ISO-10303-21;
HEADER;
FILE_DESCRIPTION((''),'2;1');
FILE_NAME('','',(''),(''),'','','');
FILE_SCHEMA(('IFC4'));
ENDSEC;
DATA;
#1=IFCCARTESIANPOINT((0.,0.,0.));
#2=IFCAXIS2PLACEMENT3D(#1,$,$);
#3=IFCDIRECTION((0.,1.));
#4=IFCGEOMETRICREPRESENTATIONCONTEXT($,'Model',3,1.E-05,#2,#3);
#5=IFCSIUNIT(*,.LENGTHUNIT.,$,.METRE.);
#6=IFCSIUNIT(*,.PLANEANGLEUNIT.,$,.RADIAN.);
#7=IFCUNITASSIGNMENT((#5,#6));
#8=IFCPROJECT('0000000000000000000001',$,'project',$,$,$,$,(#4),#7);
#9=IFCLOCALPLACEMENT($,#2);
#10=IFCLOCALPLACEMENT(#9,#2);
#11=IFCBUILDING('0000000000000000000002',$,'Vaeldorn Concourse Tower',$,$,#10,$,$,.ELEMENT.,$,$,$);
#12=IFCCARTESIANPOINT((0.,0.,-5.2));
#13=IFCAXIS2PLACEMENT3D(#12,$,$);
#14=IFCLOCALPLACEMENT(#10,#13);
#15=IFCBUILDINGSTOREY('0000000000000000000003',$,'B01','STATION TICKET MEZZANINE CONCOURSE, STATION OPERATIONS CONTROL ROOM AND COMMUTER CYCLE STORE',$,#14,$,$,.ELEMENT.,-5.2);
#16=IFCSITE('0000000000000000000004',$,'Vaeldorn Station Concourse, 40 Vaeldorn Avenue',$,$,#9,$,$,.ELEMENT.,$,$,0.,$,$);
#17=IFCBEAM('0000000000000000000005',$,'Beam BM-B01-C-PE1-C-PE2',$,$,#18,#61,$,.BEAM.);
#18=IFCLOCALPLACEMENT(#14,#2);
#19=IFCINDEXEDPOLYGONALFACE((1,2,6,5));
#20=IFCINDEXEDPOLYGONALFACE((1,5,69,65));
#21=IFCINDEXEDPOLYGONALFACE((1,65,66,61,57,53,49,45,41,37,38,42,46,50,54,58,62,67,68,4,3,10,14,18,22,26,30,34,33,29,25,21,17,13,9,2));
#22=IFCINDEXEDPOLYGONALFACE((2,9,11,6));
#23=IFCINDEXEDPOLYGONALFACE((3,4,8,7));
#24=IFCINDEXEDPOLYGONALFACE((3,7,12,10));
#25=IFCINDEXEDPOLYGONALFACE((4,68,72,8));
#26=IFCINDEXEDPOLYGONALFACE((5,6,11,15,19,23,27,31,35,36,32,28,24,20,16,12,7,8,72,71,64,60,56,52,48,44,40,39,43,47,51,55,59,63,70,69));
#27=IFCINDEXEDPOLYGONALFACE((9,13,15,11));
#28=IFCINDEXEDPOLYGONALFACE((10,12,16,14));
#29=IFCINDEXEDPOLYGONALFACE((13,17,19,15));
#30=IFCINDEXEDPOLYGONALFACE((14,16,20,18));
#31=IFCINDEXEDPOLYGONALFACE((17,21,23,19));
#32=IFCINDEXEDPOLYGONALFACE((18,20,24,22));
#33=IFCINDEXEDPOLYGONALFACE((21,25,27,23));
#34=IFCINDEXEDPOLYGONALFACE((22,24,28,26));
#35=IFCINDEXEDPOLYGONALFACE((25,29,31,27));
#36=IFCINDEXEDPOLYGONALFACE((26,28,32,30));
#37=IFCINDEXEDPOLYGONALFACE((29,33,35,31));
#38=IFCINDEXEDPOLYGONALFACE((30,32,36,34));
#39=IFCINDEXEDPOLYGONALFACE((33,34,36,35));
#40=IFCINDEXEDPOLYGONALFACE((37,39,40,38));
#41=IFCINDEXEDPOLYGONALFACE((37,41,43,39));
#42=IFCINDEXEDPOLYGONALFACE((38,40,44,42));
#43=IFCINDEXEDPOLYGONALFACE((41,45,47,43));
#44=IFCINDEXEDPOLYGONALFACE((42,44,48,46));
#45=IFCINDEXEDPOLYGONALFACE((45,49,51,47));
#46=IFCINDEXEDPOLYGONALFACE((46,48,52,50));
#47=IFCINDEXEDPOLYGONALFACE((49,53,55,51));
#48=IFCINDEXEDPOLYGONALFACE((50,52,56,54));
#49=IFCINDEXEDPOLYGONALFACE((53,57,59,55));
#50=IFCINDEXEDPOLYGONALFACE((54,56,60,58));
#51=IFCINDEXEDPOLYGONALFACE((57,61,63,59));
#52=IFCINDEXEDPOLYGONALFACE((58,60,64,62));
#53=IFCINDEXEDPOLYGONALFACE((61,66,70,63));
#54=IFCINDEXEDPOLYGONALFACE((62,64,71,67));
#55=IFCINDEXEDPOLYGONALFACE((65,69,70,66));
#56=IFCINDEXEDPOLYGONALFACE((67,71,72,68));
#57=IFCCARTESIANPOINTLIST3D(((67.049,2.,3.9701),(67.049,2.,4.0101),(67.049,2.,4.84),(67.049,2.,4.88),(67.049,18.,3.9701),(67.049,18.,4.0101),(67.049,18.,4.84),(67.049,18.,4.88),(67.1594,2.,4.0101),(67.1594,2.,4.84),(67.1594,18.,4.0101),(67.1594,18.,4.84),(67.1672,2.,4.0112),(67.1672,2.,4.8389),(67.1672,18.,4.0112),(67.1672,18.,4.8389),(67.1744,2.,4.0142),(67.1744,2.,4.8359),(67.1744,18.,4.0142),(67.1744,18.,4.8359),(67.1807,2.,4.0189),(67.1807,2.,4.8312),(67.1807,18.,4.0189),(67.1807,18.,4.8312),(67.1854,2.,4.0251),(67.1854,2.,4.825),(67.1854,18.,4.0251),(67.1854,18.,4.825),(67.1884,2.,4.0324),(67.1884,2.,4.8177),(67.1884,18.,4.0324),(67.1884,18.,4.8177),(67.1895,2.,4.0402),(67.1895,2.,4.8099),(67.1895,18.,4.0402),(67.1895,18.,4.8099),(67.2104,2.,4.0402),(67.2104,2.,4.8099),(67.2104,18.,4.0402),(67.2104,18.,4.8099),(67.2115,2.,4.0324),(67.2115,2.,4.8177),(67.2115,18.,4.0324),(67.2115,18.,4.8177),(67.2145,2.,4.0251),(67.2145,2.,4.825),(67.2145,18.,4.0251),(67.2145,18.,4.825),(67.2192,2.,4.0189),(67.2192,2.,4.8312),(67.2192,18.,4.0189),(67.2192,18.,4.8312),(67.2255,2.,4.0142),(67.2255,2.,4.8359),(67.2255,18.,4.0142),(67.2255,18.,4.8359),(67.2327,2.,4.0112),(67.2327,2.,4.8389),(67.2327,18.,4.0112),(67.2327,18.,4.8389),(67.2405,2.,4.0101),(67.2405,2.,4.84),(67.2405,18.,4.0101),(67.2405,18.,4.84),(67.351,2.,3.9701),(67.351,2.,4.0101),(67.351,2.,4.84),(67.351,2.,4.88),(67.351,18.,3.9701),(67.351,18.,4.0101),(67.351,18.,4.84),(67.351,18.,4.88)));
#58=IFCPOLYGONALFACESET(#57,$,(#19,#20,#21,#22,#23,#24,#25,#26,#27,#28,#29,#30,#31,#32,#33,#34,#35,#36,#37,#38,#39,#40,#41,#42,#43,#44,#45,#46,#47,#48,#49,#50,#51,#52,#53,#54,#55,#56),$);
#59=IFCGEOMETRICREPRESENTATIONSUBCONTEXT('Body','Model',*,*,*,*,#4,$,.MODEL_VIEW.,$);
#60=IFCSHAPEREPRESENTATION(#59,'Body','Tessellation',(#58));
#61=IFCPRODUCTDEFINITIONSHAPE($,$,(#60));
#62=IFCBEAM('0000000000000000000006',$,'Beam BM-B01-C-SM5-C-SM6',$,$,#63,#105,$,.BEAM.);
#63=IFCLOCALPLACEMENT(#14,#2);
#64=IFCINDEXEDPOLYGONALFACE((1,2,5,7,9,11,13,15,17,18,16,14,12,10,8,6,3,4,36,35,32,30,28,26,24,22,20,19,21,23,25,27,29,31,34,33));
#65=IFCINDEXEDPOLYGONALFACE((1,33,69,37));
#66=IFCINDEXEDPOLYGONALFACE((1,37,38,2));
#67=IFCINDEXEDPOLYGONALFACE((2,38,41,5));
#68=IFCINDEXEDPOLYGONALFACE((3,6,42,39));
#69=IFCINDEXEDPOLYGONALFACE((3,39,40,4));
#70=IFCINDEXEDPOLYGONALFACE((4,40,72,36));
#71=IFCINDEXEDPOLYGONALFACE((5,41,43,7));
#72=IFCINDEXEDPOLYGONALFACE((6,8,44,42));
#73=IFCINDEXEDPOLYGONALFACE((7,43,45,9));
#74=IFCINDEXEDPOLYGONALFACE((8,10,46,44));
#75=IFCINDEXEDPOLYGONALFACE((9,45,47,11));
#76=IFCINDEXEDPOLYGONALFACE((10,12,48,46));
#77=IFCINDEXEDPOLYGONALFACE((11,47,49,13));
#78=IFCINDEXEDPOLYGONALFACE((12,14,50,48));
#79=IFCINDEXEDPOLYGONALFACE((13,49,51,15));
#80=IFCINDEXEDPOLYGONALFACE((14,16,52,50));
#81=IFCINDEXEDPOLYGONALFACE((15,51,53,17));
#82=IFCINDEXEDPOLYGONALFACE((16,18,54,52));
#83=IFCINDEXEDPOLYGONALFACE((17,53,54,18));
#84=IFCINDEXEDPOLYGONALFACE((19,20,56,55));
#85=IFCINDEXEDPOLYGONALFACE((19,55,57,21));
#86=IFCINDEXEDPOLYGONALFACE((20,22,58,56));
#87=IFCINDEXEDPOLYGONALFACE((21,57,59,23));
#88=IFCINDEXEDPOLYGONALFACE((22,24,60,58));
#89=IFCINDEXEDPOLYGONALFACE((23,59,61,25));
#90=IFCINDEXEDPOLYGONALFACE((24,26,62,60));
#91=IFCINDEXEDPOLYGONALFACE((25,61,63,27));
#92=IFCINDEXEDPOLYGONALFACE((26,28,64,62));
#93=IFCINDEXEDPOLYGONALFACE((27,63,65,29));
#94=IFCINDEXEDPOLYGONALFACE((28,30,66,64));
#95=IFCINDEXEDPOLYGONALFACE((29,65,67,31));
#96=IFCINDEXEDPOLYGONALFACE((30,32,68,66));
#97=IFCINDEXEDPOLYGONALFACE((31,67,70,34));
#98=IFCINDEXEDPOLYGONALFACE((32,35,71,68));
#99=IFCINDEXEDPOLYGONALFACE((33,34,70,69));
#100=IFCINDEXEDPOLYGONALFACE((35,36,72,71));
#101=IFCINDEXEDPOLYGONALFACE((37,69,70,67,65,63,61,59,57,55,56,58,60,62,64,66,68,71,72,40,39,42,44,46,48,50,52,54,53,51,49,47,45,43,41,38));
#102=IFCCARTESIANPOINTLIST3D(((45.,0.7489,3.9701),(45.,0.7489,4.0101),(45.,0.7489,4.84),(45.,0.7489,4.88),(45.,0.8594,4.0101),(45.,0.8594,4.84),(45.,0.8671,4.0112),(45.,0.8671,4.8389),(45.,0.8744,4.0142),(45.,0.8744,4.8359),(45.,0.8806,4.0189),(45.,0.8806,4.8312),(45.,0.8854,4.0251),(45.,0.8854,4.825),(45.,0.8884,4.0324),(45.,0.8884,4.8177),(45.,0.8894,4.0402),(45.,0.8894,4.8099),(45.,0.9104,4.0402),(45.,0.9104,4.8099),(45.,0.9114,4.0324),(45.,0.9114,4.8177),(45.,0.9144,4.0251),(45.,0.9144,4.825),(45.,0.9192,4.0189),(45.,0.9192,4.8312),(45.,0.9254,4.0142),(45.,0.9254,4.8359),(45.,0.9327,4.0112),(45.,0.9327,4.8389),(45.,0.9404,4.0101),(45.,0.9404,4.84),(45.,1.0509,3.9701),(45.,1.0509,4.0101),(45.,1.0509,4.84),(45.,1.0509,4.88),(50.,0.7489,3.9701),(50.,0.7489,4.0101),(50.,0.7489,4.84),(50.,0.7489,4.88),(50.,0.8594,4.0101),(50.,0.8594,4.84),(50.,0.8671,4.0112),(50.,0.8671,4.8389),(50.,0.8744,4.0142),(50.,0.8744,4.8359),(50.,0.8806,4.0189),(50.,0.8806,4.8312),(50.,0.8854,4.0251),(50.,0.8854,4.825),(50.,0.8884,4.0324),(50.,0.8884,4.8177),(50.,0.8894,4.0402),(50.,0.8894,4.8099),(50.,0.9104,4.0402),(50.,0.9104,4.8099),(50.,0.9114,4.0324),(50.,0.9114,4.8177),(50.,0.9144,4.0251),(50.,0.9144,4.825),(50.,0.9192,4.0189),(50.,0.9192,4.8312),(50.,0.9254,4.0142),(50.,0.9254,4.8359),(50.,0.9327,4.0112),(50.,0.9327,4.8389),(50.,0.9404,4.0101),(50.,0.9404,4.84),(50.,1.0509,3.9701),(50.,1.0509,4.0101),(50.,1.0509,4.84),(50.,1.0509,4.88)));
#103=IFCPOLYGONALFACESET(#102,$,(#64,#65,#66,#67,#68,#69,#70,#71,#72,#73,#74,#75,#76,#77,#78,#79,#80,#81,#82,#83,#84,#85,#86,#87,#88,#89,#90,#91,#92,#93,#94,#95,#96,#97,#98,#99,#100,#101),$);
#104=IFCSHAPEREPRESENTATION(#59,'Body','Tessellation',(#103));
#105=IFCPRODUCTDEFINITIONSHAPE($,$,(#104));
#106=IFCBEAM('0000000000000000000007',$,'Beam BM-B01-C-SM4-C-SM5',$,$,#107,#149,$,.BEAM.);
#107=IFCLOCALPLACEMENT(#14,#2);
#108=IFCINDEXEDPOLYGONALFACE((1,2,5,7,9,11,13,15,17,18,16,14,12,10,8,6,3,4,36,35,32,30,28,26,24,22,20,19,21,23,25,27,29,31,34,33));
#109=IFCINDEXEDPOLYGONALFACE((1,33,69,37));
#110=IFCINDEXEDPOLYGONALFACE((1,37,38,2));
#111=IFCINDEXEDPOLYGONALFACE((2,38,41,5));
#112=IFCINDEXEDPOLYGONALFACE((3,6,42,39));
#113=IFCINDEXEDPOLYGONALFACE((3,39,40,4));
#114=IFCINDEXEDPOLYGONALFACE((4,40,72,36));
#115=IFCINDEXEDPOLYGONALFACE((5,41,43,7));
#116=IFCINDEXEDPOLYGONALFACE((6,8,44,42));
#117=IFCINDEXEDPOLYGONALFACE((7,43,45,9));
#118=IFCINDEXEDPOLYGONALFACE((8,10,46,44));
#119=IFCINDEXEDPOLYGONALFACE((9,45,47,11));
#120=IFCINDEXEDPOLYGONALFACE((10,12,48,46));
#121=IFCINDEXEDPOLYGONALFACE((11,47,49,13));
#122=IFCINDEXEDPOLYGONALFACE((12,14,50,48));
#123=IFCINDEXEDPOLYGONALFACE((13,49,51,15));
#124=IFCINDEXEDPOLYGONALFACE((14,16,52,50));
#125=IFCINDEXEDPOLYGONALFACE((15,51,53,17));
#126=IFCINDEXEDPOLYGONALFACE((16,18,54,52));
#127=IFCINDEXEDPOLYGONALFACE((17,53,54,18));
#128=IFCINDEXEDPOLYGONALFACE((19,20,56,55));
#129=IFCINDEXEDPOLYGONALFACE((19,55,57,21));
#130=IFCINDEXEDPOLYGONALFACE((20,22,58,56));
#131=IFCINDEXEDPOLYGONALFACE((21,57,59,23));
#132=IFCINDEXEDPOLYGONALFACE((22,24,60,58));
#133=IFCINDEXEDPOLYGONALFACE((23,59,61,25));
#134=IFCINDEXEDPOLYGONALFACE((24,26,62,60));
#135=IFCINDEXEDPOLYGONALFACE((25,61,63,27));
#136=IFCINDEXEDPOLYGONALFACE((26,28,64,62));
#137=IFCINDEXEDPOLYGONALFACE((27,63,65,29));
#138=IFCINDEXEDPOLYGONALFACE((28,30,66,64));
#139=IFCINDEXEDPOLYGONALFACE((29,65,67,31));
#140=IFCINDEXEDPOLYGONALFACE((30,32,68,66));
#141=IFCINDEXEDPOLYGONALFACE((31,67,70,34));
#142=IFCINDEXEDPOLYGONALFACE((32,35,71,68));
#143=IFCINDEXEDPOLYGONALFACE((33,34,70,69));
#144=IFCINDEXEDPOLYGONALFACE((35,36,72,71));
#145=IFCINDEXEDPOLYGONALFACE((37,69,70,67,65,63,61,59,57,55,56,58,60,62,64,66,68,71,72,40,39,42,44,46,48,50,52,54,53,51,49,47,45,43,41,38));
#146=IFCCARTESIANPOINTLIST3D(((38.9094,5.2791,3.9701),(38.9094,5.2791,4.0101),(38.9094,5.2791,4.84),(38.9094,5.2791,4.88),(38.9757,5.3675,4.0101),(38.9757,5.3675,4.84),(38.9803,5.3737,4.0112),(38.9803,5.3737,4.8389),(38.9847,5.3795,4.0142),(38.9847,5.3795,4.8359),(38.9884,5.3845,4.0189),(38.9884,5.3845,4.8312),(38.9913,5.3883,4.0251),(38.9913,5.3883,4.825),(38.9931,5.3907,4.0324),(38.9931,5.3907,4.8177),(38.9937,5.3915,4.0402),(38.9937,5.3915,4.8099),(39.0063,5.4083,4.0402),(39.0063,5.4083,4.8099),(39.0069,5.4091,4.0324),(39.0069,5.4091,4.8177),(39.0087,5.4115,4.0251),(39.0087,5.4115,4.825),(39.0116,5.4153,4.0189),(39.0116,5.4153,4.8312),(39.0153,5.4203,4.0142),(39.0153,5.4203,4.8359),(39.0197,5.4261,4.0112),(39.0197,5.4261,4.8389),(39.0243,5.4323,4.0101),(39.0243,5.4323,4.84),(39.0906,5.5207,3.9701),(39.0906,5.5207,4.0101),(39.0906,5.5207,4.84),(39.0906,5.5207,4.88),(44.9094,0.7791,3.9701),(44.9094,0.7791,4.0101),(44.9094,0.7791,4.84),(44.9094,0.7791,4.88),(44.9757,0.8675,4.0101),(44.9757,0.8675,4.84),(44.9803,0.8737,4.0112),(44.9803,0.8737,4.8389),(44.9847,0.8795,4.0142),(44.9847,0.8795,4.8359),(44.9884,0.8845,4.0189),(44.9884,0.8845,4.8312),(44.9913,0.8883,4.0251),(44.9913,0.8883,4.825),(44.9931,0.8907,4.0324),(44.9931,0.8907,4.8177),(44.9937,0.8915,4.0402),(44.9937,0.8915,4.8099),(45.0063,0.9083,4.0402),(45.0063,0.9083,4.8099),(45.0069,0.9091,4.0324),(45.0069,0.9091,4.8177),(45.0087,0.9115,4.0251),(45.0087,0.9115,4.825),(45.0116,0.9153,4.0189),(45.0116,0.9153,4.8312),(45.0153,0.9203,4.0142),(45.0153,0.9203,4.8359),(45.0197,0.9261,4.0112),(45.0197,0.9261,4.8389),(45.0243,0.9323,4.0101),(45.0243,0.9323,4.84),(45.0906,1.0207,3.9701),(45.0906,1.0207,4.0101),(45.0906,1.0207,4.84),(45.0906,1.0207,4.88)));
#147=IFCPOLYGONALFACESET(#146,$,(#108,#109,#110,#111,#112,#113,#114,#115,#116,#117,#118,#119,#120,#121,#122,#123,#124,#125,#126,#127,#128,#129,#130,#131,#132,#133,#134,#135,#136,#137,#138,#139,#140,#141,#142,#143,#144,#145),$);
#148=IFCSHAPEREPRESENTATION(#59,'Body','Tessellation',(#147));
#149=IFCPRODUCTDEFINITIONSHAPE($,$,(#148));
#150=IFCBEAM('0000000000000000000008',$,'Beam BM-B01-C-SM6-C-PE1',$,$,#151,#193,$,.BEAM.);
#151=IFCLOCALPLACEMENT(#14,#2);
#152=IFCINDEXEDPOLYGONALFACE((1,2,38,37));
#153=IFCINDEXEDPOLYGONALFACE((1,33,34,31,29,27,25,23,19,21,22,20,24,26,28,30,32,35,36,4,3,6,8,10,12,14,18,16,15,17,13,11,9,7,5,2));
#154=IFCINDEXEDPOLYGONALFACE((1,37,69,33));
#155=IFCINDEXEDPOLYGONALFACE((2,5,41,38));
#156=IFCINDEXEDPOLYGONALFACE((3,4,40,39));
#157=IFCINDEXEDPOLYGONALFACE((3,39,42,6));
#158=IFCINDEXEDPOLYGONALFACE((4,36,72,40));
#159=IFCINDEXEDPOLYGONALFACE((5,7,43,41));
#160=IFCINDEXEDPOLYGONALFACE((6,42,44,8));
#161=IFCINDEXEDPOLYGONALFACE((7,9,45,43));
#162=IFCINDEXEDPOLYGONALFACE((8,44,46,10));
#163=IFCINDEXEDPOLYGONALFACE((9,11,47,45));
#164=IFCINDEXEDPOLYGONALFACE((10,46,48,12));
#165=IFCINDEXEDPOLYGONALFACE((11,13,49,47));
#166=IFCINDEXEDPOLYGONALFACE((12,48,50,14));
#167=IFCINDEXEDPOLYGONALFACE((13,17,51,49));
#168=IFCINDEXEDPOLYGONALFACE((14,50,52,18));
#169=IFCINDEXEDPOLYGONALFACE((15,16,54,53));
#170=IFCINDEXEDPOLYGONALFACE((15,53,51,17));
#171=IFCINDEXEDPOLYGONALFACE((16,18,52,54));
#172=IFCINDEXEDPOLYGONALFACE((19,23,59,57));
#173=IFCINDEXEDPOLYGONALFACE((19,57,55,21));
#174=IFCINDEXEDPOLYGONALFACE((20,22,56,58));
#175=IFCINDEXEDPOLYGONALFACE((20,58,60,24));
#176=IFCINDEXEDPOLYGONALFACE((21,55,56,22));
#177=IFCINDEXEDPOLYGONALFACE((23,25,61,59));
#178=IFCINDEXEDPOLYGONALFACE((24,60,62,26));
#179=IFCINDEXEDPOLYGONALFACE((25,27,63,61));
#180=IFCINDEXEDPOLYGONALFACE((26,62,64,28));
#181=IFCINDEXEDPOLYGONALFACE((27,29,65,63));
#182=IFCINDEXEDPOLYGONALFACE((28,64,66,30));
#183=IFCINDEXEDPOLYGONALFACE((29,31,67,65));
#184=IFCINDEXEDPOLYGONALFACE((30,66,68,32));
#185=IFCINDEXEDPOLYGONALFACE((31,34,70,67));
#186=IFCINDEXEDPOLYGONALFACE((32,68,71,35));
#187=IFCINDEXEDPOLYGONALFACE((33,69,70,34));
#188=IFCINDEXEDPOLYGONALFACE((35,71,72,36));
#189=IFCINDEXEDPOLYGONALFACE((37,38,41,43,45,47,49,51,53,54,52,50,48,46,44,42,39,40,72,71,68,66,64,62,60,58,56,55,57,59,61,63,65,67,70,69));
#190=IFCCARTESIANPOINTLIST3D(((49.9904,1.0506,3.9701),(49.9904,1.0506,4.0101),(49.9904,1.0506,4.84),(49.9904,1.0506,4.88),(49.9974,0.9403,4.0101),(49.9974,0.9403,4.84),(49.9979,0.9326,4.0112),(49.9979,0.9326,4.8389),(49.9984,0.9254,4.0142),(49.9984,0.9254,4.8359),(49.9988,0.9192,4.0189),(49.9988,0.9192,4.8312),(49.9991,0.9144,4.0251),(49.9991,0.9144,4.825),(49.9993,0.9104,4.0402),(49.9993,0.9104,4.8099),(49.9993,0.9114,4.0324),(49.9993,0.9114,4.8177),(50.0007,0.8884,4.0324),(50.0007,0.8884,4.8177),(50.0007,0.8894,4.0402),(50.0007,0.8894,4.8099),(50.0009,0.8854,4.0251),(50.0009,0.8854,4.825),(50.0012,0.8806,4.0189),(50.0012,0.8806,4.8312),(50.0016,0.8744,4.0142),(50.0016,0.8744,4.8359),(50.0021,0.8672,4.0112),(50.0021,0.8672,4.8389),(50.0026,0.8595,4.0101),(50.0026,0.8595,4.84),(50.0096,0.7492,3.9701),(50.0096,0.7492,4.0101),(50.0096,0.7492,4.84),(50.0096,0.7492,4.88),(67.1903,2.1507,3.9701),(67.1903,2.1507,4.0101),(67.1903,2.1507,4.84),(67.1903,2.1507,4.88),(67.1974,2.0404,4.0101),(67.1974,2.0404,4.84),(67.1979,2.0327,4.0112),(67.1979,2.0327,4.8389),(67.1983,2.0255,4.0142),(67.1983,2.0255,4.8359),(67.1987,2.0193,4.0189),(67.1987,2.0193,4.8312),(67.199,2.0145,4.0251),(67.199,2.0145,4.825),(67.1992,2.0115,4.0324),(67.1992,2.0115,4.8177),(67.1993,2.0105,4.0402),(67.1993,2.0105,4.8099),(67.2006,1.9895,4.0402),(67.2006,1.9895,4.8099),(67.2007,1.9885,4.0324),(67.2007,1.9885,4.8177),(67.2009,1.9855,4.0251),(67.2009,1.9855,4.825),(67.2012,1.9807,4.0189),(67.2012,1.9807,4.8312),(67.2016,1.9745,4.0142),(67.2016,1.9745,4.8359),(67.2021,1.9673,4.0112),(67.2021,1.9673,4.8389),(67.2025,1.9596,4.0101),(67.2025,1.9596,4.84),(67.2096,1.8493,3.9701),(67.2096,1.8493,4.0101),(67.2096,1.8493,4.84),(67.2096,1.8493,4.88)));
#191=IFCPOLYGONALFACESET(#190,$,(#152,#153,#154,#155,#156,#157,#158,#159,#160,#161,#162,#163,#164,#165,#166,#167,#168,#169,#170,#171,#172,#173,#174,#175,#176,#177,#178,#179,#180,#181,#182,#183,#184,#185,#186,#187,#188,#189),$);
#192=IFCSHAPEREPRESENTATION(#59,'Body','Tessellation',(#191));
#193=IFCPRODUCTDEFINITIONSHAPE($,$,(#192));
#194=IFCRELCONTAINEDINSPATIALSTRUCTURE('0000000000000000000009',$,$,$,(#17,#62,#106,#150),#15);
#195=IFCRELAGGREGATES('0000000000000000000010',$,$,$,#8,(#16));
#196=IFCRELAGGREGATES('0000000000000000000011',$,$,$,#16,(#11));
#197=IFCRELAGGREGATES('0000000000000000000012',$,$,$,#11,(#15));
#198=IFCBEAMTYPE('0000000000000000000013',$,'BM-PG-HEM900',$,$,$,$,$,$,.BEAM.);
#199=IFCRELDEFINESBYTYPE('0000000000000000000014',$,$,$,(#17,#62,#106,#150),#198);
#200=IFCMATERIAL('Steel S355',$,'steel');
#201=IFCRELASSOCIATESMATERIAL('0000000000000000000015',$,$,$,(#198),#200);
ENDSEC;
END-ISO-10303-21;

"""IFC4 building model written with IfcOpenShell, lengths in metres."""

from ifc_helpers import new_model, si_unit, direction, frame, origin, origin_2d, place, context, subcontext, project, spatial, i_section, extrude, source, transform, mapped, material, material_profile, profile_set, type_object, element, save


model = new_model("IFC4")

# Units and contexts
model_context = context("Model", 3, precision=1e-05, world=origin(), true_north=direction((0.0, 1.0)))
body_context = subcontext(model_context, "Body", "Model", "MODEL_VIEW")
ifc_project = project(units=[si_unit("LENGTHUNIT", "METRE"), si_unit("PLANEANGLEUNIT", "RADIAN")], contexts=[model_context])

# Site, building, storey
site_placement = place(None, origin())
site = spatial("IfcSite", under=ifc_project, at=site_placement, Name="Vaeldorn Station Concourse, 40 Vaeldorn Avenue", CompositionType="ELEMENT", RefElevation=0.0)
building_placement = place(site_placement, origin())
building = spatial("IfcBuilding", under=site, at=building_placement, Name="Vaeldorn Concourse Tower", CompositionType="ELEMENT")
storey_placement = place(building_placement, frame((0.0, 0.0, -5.2)))
storey = spatial("IfcBuildingStorey", under=building, at=storey_placement, Name="B01", Description="STATION TICKET MEZZANINE CONCOURSE, STATION OPERATIONS CONTROL ROOM AND COMMUTER CYCLE STORE", CompositionType="ELEMENT", Elevation=-5.2)

# Beams
ifc_material_1 = material(Name="Steel S355", Category="steel")
ifc_material_profile_1 = material_profile(ifc_material_1, i_section(OverallWidth=0.302, OverallDepth=0.9099, WebThickness=0.021, FlangeThickness=0.04, FilletRadius=0.03, at=origin_2d()), Name="HEM 900")
ifc_profile_set_1 = profile_set([ifc_material_profile_1], Name="Steel S355")
beam_type_1 = type_object("IfcBeamType", Name="BM-PG-HEM900", PredefinedType="BEAM", material=ifc_profile_set_1)
shared_shape_1 = source(origin(), body_context, "Body", "SweptSolid", [
    extrude(i_section(OverallWidth=0.302, OverallDepth=0.9099, WebThickness=0.021, FlangeThickness=0.04, FilletRadius=0.03, at=origin_2d()), origin(), (0.0, 0.0, 1.0), 16.0),
])
beam_1_placement = place(storey_placement, frame((67.2, 2.0, 4.425), z_axis=(0.0, 1.0, 0.0), x_axis=(-1.0, 0.0, 0.0)))
element("IfcBeam", 1, at=beam_1_placement, inside=storey, type_object=beam_type_1, Name="Beam BM-B01-C-PE1-C-PE2", PredefinedType="BEAM", context=body_context, shape_type="MappedRepresentation", body=[
    mapped(shared_shape_1, transform((0.0, 0.0, 0.0), scale=1.0)),
])
shared_shape_2 = source(origin(), body_context, "Body", "SweptSolid", [
    extrude(i_section(OverallWidth=0.302, OverallDepth=0.9099, WebThickness=0.021, FlangeThickness=0.04, FilletRadius=0.03, at=origin_2d()), origin(), (0.0, 0.0, 1.0), 5.0),
])
beam_2_placement = place(storey_placement, frame((45.0, 0.8999, 4.425), z_axis=(1.0, 0.0, 0.0), x_axis=(0.0, 1.0, 0.0)))
element("IfcBeam", 2, at=beam_2_placement, inside=storey, type_object=beam_type_1, Name="Beam BM-B01-C-SM5-C-SM6", PredefinedType="BEAM", context=body_context, shape_type="MappedRepresentation", body=[
    mapped(shared_shape_2, transform((0.0, 0.0, 0.0), scale=1.0)),
])
shared_shape_3 = source(origin(), body_context, "Body", "SweptSolid", [
    extrude(i_section(OverallWidth=0.302, OverallDepth=0.9099, WebThickness=0.021, FlangeThickness=0.04, FilletRadius=0.03, at=origin_2d()), origin(), (0.0, 0.0, 1.0), 7.5),
])
beam_3_placement = place(storey_placement, frame((39.0, 5.3999, 4.425), z_axis=(0.8, -0.6, 0.0), x_axis=(0.6, 0.8, 0.0)))
element("IfcBeam", 3, at=beam_3_placement, inside=storey, type_object=beam_type_1, Name="Beam BM-B01-C-SM4-C-SM5", PredefinedType="BEAM", context=body_context, shape_type="MappedRepresentation", body=[
    mapped(shared_shape_3, transform((0.0, 0.0, 0.0), scale=1.0)),
])
shared_shape_4 = source(origin(), body_context, "Body", "SweptSolid", [
    extrude(i_section(OverallWidth=0.302, OverallDepth=0.9099, WebThickness=0.021, FlangeThickness=0.04, FilletRadius=0.03, at=origin_2d()), origin(), (0.0, 0.0, 1.0), 17.2351),
])
beam_4_placement = place(storey_placement, frame((50.0, 0.8999, 4.425), z_axis=(0.997961, 0.063829, 0.0), x_axis=(-0.063829, 0.997961, 0.0)))
element("IfcBeam", 4, at=beam_4_placement, inside=storey, type_object=beam_type_1, Name="Beam BM-B01-C-SM6-C-PE1", PredefinedType="BEAM", context=body_context, shape_type="MappedRepresentation", body=[
    mapped(shared_shape_4, transform((0.0, 0.0, 0.0), scale=1.0)),
])

save(model, "model.ifc")
